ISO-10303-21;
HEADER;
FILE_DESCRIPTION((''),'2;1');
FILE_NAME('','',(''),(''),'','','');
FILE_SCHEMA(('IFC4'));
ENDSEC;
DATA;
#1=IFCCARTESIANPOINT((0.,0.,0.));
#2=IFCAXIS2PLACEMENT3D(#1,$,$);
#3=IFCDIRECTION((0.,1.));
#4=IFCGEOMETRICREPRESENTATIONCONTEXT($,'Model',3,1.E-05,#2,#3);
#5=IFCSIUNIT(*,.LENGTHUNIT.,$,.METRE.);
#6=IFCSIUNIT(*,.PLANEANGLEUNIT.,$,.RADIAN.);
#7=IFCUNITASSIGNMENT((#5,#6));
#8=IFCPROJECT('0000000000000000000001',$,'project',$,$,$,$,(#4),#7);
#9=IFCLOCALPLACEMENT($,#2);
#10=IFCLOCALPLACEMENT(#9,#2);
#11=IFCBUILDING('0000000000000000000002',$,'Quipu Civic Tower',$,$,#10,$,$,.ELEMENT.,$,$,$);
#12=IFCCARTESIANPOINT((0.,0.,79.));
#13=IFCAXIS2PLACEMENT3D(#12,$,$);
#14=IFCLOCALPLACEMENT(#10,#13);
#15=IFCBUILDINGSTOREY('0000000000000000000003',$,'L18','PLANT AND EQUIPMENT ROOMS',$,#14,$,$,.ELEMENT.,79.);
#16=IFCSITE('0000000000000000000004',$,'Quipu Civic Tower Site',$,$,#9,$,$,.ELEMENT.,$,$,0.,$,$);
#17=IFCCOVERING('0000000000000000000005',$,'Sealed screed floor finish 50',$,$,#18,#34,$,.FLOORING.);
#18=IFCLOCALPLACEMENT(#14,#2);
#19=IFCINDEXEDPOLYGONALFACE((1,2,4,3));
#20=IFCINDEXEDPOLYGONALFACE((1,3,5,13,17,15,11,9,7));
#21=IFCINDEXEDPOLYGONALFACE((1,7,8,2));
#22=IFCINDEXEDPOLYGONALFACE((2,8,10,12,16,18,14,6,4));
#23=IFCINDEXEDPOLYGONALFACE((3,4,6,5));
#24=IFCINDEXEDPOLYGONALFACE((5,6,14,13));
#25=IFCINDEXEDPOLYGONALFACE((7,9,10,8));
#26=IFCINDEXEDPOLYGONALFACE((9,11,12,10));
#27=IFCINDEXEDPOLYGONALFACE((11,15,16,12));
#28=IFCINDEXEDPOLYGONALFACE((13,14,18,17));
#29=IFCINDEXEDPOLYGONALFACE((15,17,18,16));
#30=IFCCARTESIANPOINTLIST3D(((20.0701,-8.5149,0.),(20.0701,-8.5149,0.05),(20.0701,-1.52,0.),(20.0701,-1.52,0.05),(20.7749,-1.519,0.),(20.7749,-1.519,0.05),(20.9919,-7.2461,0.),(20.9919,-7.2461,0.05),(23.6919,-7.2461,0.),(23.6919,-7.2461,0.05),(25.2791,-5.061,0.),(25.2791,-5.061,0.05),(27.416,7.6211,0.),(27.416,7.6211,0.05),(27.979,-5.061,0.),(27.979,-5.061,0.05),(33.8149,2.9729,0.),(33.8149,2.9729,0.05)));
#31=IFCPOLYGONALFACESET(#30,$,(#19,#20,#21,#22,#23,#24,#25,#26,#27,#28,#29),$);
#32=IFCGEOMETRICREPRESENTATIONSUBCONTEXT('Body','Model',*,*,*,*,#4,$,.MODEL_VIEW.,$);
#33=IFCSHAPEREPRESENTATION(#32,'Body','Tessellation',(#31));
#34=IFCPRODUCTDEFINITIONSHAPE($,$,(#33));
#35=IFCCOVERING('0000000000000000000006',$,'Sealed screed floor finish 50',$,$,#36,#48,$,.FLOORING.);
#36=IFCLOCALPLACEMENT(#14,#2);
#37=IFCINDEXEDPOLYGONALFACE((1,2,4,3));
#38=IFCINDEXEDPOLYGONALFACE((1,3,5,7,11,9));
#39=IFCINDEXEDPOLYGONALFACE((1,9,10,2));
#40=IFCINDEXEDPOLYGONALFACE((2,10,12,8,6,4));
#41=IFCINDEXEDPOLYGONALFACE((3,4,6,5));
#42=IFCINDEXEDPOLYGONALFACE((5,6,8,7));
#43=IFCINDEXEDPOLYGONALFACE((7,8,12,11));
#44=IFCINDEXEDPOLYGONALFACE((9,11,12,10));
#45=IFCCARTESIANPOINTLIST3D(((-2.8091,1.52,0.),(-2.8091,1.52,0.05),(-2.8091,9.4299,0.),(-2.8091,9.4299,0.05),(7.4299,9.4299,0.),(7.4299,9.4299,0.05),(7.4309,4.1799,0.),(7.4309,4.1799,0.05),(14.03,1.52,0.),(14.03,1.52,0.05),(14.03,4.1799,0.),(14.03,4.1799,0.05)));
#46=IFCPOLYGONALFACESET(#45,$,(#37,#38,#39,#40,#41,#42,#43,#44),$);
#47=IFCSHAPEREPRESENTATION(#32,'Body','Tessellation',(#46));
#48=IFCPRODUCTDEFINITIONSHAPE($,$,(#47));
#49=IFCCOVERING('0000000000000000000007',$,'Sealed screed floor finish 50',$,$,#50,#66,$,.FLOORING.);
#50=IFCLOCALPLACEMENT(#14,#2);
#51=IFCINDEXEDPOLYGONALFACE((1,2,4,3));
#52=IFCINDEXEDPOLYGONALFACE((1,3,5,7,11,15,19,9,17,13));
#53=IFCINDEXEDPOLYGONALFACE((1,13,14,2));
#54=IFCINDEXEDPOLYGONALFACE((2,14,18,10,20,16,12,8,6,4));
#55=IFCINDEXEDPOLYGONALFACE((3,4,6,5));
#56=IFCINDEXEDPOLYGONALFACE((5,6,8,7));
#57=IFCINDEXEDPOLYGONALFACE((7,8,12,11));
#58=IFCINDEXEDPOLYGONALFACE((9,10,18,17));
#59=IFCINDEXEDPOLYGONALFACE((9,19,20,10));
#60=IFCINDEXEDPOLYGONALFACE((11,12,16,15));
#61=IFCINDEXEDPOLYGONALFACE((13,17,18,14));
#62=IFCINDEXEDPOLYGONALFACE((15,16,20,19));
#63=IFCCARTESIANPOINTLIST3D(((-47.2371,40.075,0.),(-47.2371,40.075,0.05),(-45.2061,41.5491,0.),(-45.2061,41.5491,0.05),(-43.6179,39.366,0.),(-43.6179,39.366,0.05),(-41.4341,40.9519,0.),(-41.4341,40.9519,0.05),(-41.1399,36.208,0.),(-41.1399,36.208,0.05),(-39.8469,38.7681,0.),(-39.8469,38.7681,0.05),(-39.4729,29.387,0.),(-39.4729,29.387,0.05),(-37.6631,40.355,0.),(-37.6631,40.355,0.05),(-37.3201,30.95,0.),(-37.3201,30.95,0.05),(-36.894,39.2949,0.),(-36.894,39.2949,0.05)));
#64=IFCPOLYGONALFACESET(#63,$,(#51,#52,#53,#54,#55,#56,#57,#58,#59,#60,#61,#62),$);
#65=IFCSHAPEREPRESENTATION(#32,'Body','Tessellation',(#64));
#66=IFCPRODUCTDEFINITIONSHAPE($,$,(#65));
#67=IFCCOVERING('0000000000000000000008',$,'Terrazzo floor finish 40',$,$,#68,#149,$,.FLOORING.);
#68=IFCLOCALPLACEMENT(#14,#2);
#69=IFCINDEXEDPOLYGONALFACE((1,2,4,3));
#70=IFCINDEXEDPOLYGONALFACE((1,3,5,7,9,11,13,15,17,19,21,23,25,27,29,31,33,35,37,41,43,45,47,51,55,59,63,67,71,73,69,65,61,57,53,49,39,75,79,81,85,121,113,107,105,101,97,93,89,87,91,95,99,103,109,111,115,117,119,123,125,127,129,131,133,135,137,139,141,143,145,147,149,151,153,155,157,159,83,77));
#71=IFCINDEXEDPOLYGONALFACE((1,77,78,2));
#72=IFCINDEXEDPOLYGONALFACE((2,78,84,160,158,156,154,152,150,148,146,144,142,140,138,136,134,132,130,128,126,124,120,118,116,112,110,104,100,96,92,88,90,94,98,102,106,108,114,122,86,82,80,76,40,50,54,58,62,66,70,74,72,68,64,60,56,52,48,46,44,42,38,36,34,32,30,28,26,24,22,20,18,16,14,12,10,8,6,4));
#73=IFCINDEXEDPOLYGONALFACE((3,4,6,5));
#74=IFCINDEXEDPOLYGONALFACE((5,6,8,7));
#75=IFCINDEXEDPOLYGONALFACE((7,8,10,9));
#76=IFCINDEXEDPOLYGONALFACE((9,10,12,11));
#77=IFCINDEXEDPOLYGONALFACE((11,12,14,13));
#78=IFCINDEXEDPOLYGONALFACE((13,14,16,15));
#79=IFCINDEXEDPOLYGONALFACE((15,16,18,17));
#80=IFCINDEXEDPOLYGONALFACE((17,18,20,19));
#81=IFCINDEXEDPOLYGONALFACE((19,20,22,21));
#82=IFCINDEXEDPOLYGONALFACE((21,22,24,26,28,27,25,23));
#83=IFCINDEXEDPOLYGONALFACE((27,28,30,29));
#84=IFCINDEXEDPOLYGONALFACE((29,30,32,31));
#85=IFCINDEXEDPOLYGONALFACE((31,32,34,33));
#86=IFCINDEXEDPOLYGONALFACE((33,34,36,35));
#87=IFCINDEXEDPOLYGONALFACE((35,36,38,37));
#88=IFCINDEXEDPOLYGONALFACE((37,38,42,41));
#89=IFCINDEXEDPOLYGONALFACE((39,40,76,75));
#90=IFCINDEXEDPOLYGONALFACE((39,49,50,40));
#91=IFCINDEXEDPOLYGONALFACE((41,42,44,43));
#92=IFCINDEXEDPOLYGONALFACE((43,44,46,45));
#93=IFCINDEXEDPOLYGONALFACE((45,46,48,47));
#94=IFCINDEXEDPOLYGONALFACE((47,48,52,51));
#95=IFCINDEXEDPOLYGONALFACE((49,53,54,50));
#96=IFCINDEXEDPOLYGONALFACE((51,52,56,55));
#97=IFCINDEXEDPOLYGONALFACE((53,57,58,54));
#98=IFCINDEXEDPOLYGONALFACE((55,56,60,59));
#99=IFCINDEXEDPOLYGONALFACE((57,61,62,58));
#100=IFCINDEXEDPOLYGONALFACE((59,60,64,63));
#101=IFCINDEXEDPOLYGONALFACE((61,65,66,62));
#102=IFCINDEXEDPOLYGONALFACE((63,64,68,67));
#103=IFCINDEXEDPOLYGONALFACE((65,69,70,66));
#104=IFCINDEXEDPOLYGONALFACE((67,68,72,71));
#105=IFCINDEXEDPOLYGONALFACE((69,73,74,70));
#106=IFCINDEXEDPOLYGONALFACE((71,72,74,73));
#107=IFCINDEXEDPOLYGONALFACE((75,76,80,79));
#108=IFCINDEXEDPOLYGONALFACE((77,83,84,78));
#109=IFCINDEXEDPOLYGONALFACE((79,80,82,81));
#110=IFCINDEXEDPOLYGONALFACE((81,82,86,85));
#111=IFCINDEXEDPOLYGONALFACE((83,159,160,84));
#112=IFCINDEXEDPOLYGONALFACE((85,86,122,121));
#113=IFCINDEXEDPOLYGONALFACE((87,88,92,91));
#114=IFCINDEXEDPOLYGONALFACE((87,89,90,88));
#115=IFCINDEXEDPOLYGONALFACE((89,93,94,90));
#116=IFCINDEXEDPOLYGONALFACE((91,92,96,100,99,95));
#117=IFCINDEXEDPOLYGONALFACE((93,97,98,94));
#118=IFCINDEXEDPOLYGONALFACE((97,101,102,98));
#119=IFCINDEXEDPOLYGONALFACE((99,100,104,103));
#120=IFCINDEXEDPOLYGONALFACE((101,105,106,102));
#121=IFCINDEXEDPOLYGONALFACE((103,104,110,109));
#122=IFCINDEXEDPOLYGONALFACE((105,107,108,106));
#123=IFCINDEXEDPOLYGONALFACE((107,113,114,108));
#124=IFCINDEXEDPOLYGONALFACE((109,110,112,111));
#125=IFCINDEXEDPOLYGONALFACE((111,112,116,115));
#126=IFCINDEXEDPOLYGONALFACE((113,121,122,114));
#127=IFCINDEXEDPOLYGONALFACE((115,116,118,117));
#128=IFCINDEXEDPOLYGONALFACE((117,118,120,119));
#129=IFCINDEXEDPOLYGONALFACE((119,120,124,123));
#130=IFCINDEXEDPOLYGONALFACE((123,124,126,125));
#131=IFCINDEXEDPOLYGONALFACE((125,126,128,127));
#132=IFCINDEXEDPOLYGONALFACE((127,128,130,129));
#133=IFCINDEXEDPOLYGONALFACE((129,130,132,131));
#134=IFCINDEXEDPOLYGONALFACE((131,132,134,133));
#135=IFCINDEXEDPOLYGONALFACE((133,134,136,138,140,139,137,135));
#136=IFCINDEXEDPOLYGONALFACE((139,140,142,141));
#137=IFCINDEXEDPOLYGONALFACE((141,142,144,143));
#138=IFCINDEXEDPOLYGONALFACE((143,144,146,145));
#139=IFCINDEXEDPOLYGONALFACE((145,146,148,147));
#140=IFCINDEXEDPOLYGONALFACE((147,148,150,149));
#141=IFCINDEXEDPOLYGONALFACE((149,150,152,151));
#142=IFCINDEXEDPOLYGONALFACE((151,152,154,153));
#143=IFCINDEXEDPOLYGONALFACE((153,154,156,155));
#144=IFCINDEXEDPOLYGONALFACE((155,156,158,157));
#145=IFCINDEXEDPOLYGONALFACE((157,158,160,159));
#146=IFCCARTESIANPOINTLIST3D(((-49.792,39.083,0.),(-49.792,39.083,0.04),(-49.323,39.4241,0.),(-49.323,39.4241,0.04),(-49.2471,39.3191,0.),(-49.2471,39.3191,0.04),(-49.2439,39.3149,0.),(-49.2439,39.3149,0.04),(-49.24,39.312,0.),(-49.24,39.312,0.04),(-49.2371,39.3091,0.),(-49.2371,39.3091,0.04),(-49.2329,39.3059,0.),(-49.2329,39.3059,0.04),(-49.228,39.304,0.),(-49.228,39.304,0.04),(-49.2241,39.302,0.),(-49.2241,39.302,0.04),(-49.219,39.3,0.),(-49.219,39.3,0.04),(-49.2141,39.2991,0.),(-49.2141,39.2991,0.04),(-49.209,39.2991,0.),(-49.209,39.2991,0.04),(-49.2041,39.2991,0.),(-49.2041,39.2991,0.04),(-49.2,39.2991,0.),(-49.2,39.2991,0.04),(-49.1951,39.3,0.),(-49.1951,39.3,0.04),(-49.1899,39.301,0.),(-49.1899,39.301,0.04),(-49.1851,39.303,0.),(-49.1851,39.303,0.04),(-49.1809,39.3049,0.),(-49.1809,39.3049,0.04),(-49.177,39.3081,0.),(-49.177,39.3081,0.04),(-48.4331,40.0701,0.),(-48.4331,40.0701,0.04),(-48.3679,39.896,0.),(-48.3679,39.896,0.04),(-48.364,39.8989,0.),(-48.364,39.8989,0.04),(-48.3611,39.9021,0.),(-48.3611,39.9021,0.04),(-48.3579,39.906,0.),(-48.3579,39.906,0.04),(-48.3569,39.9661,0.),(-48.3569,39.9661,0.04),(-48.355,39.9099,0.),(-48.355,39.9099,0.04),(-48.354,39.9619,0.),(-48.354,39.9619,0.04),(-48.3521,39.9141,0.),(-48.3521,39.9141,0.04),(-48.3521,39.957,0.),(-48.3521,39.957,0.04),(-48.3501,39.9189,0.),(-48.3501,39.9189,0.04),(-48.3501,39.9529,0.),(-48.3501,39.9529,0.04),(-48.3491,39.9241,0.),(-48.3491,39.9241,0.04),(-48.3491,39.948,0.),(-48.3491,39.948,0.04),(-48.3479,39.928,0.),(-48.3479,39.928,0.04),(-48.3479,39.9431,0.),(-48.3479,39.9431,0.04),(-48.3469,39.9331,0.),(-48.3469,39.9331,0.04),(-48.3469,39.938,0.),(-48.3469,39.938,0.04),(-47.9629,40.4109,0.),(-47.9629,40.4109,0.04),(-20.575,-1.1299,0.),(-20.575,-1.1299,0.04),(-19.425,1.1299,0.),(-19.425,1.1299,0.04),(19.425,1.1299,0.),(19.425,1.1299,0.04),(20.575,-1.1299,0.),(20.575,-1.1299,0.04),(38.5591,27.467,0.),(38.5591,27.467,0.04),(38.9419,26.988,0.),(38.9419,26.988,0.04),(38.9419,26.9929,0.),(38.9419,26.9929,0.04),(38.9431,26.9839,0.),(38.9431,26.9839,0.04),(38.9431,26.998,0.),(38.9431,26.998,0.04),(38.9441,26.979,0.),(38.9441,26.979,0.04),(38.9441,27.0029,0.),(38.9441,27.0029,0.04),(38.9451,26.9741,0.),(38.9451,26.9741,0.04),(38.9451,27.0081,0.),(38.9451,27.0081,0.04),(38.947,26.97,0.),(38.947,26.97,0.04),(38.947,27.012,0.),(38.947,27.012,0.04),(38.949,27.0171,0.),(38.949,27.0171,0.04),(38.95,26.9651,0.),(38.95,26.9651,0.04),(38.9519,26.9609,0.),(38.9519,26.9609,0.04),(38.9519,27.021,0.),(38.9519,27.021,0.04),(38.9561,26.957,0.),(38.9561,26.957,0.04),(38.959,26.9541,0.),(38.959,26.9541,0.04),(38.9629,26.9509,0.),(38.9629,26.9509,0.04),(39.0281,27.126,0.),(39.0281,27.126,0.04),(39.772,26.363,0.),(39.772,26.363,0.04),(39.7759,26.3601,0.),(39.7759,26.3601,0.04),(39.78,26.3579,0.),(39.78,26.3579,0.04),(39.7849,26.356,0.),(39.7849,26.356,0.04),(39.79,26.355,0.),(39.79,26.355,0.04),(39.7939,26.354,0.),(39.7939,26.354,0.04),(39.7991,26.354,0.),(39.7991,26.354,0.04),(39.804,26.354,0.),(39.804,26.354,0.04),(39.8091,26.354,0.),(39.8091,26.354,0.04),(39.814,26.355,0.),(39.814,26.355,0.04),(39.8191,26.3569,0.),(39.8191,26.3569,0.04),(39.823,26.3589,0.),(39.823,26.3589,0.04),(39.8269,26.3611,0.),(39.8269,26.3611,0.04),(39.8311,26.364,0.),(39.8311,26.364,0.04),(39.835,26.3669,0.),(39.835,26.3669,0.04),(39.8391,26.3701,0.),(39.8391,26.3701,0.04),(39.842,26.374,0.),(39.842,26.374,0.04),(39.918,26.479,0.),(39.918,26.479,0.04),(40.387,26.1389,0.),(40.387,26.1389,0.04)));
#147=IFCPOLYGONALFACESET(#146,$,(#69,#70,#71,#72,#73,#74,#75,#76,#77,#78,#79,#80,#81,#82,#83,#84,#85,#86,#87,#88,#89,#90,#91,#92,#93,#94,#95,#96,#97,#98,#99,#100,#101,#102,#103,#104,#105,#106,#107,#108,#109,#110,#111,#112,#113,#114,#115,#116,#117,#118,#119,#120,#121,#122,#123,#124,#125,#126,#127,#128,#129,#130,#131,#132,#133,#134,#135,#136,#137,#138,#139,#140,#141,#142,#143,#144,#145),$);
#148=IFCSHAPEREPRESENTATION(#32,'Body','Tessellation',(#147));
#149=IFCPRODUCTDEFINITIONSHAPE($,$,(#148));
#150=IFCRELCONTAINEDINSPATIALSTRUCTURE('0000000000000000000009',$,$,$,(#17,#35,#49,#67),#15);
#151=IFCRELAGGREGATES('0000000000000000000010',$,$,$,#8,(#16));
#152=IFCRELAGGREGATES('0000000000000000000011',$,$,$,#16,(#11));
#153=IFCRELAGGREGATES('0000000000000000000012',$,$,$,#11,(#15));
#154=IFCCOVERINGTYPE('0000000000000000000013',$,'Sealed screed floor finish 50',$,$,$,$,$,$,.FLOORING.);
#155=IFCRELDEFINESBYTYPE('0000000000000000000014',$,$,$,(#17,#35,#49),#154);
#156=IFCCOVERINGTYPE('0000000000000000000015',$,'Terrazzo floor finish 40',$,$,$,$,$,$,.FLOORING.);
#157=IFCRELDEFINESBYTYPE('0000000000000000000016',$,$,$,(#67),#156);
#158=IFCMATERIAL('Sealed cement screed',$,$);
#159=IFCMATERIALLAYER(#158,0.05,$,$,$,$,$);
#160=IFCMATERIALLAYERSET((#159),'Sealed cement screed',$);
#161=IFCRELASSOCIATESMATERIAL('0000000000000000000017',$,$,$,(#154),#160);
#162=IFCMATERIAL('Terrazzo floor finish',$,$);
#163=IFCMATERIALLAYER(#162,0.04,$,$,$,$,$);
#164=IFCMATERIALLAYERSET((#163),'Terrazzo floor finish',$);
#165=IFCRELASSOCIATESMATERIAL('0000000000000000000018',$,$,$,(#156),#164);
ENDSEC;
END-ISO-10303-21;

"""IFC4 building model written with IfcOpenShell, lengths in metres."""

from ifc_helpers import new_model, si_unit, direction, frame, origin, place, context, subcontext, project, spatial, polyline, outline, extrude, material, layer, layer_set, type_object, element, save


model = new_model("IFC4")

# Units and contexts
model_context = context("Model", 3, precision=1e-05, world=origin(), true_north=direction((0.0, 1.0)))
body_context = subcontext(model_context, "Body", "Model", "MODEL_VIEW")
ifc_project = project(units=[si_unit("LENGTHUNIT", "METRE"), si_unit("PLANEANGLEUNIT", "RADIAN")], contexts=[model_context])

# Site, building, storey
site_placement = place(None, origin())
site = spatial("IfcSite", under=ifc_project, at=site_placement, Name="Quipu Civic Tower Site", CompositionType="ELEMENT", RefElevation=0.0)
building_placement = place(site_placement, origin())
building = spatial("IfcBuilding", under=site, at=building_placement, Name="Quipu Civic Tower", CompositionType="ELEMENT")
storey_placement = place(building_placement, frame((0.0, 0.0, 79.0)))
storey = spatial("IfcBuildingStorey", under=building, at=storey_placement, Name="L18", Description="PLANT AND EQUIPMENT ROOMS", CompositionType="ELEMENT", Elevation=79.0)

# Coverings
ifc_material_1 = material(Name="Sealed cement screed")
ifc_layer_1 = layer(ifc_material_1, 0.05)
ifc_layer_set_1 = layer_set([ifc_layer_1], Name="Sealed cement screed")
covering_type_1 = type_object("IfcCoveringType", Name="Sealed screed floor finish 50", PredefinedType="FLOORING", material=ifc_layer_set_1)
covering_1_placement = place(storey_placement, origin())
element("IfcCovering", 1, at=covering_1_placement, inside=storey, type_object=covering_type_1, Name="Sealed screed floor finish 50", PredefinedType="FLOORING", context=body_context, shape_type="SweptSolid", body=[
    extrude(outline(polyline([(20.0701, -8.5149), (20.0701, -1.52), (20.7749, -1.519), (27.416, 7.6211), (33.8149, 2.9729), (27.979, -5.061), (25.2791, -5.061), (23.6919, -7.2461), (20.9919, -7.2461), (20.0701, -8.5149)])), origin(), (0.0, 0.0, 1.0), 0.05),
])
covering_2_placement = place(storey_placement, origin())
element("IfcCovering", 2, at=covering_2_placement, inside=storey, type_object=covering_type_1, Name="Sealed screed floor finish 50", PredefinedType="FLOORING", context=body_context, shape_type="SweptSolid", body=[
    extrude(outline(polyline([(-2.8091, 1.52), (-2.8091, 9.4299), (7.4299, 9.4299), (7.4309, 4.1799), (14.03, 4.1799), (14.03, 1.52), (-2.8091, 1.52)])), origin(), (0.0, 0.0, 1.0), 0.05),
])
covering_3_placement = place(storey_placement, origin())
element("IfcCovering", 3, at=covering_3_placement, inside=storey, type_object=covering_type_1, Name="Sealed screed floor finish 50", PredefinedType="FLOORING", context=body_context, shape_type="SweptSolid", body=[
    extrude(outline(polyline([(-47.2371, 40.075), (-45.2061, 41.5491), (-43.6179, 39.366), (-41.4341, 40.9519), (-39.8469, 38.7681), (-37.6631, 40.355), (-36.894, 39.2949), (-41.1399, 36.208), (-37.3201, 30.95), (-39.4729, 29.387), (-47.2371, 40.075)])), origin(), (0.0, 0.0, 1.0), 0.05),
])
ifc_material_2 = material(Name="Terrazzo floor finish")
ifc_layer_2 = layer(ifc_material_2, 0.04)
ifc_layer_set_2 = layer_set([ifc_layer_2], Name="Terrazzo floor finish")
covering_type_2 = type_object("IfcCoveringType", Name="Terrazzo floor finish 40", PredefinedType="FLOORING", material=ifc_layer_set_2)
covering_4_placement = place(storey_placement, origin())
element("IfcCovering", 4, at=covering_4_placement, inside=storey, type_object=covering_type_2, Name="Terrazzo floor finish 40", PredefinedType="FLOORING", context=body_context, shape_type="SweptSolid", body=[
    extrude(outline(polyline([(38.5591, 27.467), (39.0281, 27.126), (38.9519, 27.021), (38.949, 27.0171), (38.947, 27.012), (38.9451, 27.0081), (38.9441, 27.0029), (38.9431, 26.998), (38.9419, 26.9929), (38.9419, 26.988), (38.9431, 26.9839), (38.9441, 26.979), (38.9451, 26.9741), (38.947, 26.97), (38.95, 26.9651), (38.9519, 26.9609), (38.9561, 26.957), (38.959, 26.9541), (38.9629, 26.9509), (39.772, 26.363), (39.7759, 26.3601), (39.78, 26.3579), (39.7849, 26.356), (39.79, 26.355), (39.7939, 26.354), (39.7991, 26.354), (39.804, 26.354), (39.8091, 26.354), (39.814, 26.355), (39.8191, 26.3569), (39.823, 26.3589), (39.8269, 26.3611), (39.8311, 26.364), (39.835, 26.3669), (39.8391, 26.3701), (39.842, 26.374), (39.918, 26.479), (40.387, 26.1389), (20.575, -1.1299), (-20.575, -1.1299), (-49.792, 39.083), (-49.323, 39.4241), (-49.2471, 39.3191), (-49.2439, 39.3149), (-49.24, 39.312), (-49.2371, 39.3091), (-49.2329, 39.3059), (-49.228, 39.304), (-49.2241, 39.302), (-49.219, 39.3), (-49.2141, 39.2991), (-49.209, 39.2991), (-49.2041, 39.2991), (-49.2, 39.2991), (-49.1951, 39.3), (-49.1899, 39.301), (-49.1851, 39.303), (-49.1809, 39.3049), (-49.177, 39.3081), (-48.3679, 39.896), (-48.364, 39.8989), (-48.3611, 39.9021), (-48.3579, 39.906), (-48.355, 39.9099), (-48.3521, 39.9141), (-48.3501, 39.9189), (-48.3491, 39.9241), (-48.3479, 39.928), (-48.3469, 39.9331), (-48.3469, 39.938), (-48.3479, 39.9431), (-48.3491, 39.948), (-48.3501, 39.9529), (-48.3521, 39.957), (-48.354, 39.9619), (-48.3569, 39.9661), (-48.4331, 40.0701), (-47.9629, 40.4109), (-19.425, 1.1299), (19.425, 1.1299), (38.5591, 27.467)])), origin(), (0.0, 0.0, 1.0), 0.04),
])

save(model, "model.ifc")
